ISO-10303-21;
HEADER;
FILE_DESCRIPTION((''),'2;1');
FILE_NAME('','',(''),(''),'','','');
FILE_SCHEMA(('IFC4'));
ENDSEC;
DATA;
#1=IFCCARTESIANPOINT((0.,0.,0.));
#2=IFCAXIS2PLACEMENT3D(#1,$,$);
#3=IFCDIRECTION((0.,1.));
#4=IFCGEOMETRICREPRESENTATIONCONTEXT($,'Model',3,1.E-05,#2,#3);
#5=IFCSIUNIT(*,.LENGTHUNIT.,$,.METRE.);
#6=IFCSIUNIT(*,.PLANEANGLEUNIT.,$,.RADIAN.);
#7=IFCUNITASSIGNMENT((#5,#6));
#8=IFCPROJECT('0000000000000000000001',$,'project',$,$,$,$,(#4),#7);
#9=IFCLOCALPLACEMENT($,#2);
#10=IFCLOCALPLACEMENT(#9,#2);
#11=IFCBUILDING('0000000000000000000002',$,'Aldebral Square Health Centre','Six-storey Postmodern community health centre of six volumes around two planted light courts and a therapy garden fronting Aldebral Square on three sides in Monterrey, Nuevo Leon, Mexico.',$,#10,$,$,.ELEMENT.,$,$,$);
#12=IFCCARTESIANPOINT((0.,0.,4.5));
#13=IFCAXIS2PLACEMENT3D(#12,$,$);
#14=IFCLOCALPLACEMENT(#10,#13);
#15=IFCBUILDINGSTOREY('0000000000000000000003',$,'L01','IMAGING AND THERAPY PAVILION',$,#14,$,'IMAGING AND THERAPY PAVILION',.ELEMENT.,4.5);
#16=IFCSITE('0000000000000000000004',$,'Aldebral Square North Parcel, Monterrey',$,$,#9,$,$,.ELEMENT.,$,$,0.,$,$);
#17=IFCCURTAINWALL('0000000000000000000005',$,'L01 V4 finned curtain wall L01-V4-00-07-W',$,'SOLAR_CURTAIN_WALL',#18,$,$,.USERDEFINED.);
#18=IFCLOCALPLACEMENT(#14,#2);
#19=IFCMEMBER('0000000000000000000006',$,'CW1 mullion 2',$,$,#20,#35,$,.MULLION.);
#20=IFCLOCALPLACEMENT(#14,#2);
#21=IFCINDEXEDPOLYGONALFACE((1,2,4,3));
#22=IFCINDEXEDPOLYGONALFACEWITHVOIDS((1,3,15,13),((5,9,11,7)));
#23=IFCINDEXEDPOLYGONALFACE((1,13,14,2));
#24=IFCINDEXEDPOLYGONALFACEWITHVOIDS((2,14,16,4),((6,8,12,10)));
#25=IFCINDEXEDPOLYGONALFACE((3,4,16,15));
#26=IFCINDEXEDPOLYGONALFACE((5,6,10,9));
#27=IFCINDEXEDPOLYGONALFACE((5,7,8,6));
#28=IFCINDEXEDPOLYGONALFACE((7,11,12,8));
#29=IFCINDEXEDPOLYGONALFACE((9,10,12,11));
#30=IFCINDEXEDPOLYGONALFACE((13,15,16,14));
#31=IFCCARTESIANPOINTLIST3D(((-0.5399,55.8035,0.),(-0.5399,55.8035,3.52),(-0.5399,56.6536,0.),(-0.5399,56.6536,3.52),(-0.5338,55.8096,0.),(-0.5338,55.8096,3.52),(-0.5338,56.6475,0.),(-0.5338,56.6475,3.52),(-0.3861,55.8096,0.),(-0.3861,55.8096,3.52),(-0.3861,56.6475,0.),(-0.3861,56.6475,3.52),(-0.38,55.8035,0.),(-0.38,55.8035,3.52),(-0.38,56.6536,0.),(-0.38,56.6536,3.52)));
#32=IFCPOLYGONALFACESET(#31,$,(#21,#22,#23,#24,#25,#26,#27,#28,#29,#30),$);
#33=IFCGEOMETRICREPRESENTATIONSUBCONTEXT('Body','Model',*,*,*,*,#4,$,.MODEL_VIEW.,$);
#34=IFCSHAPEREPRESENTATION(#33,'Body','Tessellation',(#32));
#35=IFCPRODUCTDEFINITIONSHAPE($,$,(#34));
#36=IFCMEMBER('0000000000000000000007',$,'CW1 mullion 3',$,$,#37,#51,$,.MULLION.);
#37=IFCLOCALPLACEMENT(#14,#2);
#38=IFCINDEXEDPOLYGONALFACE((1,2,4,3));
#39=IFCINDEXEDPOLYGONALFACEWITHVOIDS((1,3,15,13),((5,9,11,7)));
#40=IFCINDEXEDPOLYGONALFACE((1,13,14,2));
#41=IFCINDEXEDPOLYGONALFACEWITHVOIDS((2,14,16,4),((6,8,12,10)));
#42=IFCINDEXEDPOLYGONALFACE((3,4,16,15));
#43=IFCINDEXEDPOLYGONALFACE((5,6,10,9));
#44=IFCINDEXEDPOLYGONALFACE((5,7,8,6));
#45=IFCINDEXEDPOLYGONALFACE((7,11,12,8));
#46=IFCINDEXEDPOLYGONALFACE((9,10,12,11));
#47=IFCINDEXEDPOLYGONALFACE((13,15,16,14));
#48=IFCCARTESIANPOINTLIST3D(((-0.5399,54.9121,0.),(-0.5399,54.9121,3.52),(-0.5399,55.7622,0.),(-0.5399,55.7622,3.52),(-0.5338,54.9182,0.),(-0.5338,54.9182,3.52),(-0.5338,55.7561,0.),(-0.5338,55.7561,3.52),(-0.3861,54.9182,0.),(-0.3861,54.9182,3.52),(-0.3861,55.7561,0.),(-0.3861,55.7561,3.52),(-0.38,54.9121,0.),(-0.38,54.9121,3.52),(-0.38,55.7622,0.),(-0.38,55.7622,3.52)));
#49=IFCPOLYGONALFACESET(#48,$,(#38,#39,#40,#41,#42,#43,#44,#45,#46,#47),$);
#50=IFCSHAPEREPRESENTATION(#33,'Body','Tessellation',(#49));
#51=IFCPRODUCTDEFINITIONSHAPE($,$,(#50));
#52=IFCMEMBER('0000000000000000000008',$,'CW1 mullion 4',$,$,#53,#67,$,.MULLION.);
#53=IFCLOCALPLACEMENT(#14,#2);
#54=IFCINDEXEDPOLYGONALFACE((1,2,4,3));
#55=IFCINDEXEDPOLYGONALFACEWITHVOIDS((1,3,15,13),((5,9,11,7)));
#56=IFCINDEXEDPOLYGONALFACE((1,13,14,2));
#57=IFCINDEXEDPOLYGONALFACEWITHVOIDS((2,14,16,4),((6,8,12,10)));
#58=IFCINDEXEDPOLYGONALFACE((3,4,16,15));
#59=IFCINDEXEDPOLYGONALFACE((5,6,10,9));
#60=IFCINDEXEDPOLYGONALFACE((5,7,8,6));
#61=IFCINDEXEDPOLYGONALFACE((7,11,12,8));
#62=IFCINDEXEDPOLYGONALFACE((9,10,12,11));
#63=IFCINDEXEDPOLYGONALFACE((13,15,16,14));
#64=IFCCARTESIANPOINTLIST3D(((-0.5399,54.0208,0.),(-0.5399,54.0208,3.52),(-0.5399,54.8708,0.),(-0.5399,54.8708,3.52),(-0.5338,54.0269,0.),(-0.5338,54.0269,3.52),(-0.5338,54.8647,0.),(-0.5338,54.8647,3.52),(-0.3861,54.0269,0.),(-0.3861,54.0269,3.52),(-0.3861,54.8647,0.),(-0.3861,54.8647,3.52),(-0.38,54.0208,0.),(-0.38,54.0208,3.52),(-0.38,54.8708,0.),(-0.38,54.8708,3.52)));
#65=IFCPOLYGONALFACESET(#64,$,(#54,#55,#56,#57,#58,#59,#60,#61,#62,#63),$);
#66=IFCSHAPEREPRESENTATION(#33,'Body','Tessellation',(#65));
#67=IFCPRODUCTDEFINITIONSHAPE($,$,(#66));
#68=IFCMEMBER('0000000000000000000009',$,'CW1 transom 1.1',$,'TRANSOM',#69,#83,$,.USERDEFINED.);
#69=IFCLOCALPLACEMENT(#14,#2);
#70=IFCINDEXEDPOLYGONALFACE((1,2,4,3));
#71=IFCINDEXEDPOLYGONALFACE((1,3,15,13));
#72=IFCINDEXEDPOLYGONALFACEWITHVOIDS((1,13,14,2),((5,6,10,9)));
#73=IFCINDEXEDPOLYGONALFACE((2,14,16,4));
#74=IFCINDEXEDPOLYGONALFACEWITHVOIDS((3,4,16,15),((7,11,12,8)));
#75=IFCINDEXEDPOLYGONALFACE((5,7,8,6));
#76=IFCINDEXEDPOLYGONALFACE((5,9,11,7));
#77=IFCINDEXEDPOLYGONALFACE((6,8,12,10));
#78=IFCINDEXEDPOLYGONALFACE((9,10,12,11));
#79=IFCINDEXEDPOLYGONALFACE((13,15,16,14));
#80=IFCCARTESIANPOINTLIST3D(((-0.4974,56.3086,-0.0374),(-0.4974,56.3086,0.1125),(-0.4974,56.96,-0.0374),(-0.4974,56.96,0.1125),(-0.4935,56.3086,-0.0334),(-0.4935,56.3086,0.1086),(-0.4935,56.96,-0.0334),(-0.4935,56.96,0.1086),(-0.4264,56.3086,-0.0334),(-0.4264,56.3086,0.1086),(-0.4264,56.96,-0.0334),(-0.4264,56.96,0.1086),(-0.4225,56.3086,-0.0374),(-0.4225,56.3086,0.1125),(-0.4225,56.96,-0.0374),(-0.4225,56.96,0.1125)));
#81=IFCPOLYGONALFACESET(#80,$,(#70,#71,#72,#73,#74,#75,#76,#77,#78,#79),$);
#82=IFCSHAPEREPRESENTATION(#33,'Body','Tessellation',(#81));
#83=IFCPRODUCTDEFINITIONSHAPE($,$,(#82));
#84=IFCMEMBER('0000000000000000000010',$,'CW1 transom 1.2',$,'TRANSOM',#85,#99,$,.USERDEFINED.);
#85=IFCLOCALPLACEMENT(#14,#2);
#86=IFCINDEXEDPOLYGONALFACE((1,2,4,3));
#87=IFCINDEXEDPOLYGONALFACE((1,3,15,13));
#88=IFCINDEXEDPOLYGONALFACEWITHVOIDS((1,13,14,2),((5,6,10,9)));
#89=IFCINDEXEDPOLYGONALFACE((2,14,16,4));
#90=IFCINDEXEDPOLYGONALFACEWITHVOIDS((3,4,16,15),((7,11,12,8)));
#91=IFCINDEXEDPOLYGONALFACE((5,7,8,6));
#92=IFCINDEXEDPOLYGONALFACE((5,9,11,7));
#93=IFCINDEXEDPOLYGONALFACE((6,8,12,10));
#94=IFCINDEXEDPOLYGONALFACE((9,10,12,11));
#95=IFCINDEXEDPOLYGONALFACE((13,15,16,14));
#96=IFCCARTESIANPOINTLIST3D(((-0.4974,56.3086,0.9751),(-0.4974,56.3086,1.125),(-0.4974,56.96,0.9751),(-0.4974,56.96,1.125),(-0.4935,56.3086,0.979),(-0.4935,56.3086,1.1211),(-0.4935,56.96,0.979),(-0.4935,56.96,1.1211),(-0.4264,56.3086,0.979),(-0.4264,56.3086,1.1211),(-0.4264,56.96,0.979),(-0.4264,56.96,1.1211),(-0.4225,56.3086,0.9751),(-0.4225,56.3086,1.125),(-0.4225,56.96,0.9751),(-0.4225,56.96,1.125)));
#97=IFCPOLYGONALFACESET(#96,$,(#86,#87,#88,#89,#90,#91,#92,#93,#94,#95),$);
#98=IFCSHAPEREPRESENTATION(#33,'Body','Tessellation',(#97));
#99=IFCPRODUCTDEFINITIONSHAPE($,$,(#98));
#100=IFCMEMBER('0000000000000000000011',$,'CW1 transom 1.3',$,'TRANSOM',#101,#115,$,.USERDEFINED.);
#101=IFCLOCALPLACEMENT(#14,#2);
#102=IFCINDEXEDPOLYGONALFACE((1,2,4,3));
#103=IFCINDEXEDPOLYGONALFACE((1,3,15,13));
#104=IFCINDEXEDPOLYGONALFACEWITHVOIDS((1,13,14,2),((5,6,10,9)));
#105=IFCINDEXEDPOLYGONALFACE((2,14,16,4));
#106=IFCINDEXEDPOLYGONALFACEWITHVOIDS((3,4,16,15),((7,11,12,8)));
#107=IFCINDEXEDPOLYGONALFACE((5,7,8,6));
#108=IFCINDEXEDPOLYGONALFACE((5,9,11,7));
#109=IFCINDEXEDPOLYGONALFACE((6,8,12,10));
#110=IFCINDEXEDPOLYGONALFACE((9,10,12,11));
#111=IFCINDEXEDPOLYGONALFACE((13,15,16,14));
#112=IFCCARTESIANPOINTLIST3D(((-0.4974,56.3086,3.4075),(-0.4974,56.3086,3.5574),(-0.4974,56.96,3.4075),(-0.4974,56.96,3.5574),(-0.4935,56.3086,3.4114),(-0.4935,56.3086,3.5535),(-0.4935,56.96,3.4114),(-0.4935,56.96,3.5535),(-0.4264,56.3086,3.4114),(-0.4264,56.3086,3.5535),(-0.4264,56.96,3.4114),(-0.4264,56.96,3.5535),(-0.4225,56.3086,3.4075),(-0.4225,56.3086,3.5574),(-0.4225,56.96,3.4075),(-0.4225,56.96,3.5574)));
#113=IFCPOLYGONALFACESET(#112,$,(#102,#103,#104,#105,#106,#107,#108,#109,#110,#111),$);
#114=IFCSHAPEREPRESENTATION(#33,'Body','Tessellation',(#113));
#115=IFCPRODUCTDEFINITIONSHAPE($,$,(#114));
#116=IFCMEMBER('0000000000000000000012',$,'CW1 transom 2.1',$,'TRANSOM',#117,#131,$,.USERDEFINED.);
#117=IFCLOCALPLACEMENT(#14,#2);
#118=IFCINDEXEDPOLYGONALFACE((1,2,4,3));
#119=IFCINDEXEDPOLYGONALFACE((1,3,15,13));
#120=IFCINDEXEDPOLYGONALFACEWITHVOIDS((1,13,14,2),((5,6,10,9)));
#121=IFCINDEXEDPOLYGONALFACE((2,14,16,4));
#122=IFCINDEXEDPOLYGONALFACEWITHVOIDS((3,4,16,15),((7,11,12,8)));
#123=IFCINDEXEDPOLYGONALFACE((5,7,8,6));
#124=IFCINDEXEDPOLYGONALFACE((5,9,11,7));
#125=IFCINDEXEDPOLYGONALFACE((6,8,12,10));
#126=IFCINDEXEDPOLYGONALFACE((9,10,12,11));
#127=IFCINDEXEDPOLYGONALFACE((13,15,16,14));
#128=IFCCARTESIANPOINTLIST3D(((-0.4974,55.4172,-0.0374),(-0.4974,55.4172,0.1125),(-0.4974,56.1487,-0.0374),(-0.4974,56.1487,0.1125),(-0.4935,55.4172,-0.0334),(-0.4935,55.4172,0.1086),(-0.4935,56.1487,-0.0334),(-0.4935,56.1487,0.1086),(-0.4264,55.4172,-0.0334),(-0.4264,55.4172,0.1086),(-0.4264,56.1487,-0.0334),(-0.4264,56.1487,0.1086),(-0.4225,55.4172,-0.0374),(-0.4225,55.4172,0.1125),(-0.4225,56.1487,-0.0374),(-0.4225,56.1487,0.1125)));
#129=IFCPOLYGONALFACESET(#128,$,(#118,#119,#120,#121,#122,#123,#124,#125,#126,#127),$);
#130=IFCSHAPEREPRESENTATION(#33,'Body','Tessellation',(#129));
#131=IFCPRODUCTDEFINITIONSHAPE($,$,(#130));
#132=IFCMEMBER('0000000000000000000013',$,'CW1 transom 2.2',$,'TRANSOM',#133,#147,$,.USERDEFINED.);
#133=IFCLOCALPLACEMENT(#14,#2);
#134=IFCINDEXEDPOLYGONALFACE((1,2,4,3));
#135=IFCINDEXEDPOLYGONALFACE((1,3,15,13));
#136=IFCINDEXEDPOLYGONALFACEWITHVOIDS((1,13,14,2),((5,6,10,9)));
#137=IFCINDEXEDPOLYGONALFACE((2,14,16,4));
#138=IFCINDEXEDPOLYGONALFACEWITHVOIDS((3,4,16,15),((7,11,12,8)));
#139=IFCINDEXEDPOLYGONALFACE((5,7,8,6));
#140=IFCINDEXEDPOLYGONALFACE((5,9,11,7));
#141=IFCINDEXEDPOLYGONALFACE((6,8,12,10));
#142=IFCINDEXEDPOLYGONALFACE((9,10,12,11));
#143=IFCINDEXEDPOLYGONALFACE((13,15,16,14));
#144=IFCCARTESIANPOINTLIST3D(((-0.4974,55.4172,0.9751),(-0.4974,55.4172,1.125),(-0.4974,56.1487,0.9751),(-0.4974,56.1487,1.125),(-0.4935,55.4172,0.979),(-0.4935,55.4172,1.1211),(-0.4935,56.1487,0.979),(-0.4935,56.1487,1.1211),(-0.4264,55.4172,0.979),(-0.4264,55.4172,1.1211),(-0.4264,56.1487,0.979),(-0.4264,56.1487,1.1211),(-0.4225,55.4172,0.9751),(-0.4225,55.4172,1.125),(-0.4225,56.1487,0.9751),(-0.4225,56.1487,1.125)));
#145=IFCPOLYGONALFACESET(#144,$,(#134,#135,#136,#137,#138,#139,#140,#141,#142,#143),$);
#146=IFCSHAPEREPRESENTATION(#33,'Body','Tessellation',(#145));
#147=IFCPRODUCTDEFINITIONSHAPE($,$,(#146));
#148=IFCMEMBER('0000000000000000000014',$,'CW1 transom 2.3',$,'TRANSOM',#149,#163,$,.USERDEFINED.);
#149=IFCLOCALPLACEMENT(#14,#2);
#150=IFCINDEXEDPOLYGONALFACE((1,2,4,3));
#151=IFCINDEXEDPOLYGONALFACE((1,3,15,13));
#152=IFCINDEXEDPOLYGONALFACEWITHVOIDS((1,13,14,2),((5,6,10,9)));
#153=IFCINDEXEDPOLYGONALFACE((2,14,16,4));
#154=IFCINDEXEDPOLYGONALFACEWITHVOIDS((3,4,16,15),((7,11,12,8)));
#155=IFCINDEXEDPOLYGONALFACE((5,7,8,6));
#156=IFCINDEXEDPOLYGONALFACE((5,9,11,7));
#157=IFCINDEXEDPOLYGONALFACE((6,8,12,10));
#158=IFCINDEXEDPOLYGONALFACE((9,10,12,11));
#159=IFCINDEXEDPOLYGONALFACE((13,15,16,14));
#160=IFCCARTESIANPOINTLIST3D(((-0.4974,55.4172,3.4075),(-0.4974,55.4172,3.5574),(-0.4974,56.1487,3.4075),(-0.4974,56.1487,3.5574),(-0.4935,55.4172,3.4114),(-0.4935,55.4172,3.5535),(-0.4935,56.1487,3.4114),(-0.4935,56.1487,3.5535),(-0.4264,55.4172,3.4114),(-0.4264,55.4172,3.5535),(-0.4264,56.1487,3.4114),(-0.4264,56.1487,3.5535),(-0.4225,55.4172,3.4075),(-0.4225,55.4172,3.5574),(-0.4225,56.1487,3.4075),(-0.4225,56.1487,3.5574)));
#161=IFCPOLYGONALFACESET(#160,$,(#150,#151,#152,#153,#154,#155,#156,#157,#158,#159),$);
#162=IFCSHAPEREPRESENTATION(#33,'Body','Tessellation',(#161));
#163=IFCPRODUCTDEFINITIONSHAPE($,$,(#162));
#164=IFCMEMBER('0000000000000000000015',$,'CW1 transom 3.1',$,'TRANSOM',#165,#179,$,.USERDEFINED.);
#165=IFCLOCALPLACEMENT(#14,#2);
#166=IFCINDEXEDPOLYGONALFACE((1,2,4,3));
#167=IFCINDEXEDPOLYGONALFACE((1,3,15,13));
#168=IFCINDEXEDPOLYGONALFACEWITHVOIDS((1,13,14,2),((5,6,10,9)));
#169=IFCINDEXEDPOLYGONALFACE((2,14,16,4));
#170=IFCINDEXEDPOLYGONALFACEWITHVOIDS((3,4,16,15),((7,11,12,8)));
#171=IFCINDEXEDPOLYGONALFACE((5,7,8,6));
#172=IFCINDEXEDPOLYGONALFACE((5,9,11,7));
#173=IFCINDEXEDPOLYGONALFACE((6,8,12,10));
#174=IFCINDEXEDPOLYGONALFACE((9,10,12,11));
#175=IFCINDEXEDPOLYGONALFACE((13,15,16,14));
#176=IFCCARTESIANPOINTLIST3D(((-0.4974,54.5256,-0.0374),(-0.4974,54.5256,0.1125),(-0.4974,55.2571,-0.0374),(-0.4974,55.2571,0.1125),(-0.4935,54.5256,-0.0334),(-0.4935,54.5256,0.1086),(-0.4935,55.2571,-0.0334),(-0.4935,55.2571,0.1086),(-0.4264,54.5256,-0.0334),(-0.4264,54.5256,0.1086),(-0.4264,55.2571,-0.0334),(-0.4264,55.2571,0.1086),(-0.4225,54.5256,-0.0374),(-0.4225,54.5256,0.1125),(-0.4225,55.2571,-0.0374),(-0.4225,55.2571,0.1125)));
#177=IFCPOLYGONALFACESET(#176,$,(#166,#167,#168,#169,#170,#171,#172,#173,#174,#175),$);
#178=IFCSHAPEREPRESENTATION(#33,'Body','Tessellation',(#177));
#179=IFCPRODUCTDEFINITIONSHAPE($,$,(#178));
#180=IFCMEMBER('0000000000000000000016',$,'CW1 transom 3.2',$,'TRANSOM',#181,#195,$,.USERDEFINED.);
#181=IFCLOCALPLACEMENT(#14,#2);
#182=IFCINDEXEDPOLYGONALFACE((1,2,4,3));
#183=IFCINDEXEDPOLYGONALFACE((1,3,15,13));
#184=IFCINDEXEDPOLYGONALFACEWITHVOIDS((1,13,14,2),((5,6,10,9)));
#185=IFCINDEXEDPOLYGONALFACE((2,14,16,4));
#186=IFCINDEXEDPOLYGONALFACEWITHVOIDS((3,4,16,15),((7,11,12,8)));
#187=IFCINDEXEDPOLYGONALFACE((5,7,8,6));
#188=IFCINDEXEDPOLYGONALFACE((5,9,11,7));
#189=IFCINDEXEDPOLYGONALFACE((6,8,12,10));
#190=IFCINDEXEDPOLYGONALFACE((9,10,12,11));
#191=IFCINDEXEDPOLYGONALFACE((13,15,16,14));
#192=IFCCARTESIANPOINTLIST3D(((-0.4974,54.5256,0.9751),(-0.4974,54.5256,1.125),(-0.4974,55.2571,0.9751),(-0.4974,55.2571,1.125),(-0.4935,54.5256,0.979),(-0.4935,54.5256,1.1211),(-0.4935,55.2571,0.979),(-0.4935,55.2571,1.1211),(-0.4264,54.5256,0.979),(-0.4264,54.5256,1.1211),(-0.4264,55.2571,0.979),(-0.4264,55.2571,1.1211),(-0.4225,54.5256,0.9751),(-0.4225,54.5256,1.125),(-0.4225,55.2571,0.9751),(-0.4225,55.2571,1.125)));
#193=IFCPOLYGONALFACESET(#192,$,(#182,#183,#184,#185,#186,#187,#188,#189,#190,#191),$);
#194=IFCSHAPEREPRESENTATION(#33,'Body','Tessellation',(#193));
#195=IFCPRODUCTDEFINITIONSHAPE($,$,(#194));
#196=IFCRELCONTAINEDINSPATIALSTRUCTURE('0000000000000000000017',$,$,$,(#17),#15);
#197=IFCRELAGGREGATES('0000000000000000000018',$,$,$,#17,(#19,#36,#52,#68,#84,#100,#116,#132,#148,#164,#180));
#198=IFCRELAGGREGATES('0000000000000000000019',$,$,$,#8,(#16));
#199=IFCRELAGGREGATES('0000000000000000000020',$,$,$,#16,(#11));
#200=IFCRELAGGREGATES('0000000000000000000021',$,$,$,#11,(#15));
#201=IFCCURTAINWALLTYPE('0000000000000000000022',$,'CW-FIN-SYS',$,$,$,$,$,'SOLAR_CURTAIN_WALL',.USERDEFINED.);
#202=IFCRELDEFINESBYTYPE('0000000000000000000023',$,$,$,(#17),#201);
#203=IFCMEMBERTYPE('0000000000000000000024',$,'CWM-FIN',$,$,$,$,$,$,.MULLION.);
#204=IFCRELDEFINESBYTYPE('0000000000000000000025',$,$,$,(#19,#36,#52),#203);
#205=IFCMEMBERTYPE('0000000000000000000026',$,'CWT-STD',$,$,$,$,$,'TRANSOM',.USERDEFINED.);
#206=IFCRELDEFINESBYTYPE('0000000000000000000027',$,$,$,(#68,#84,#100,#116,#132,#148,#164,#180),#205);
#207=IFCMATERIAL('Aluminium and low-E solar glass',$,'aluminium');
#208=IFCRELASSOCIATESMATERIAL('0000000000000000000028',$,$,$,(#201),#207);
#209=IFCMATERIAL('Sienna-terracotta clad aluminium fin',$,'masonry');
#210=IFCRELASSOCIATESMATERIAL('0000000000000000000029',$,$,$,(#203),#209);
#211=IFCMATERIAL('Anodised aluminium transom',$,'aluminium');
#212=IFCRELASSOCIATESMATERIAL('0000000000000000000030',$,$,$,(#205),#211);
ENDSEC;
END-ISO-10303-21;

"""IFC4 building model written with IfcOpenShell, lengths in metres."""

from ifc_helpers import new_model, si_unit, direction, frame, origin, origin_2d, place, context, subcontext, project, spatial, hollow_rectangle, extrude, material, material_profile, profile_set, type_object, element, aggregate, save


model = new_model("IFC4")

# Units and contexts
model_context = context("Model", 3, precision=1e-05, world=origin(), true_north=direction((0.0, 1.0)))
body_context = subcontext(model_context, "Body", "Model", "MODEL_VIEW")
ifc_project = project(units=[si_unit("LENGTHUNIT", "METRE"), si_unit("PLANEANGLEUNIT", "RADIAN")], contexts=[model_context])

# Site, building, storey
site_placement = place(None, origin())
site = spatial("IfcSite", under=ifc_project, at=site_placement, Name="Aldebral Square North Parcel, Monterrey", CompositionType="ELEMENT", RefElevation=0.0)
building_placement = place(site_placement, origin())
building = spatial("IfcBuilding", under=site, at=building_placement, Name="Aldebral Square Health Centre", Description="Six-storey Postmodern community health centre of six volumes around two planted light courts and a therapy garden fronting Aldebral Square on three sides in Monterrey, Nuevo Leon, Mexico.", CompositionType="ELEMENT")
storey_placement = place(building_placement, frame((0.0, 0.0, 4.5)))
storey = spatial("IfcBuildingStorey", under=building, at=storey_placement, Name="L01", Description="IMAGING AND THERAPY PAVILION", LongName="IMAGING AND THERAPY PAVILION", CompositionType="ELEMENT", Elevation=4.5)

# Curtain wall, members
ifc_material_1 = material(Name="Aluminium and low-E solar glass", Category="aluminium")
curtain_wall_type = type_object("IfcCurtainWallType", Name="CW-FIN-SYS", ElementType="SOLAR_CURTAIN_WALL", PredefinedType="USERDEFINED", material=ifc_material_1)
curtain_wall_placement = place(storey_placement, origin())
curtain_wall = element("IfcCurtainWall", 1, at=curtain_wall_placement, inside=storey, type_object=curtain_wall_type, Name="L01 V4 finned curtain wall L01-V4-00-07-W", ObjectType="SOLAR_CURTAIN_WALL", PredefinedType="USERDEFINED")
ifc_material_2 = material(Name="Sienna-terracotta clad aluminium fin", Category="masonry")
ifc_material_profile_1 = material_profile(ifc_material_2, hollow_rectangle(XDim=0.1599, YDim=0.8501, WallThickness=0.0061, at=origin_2d()), Name="FIN 160x850x6")
ifc_profile_set_1 = profile_set([ifc_material_profile_1], Name="Sienna-terracotta clad aluminium fin")
member_type_1 = type_object("IfcMemberType", Name="CWM-FIN", PredefinedType="MULLION", material=ifc_profile_set_1)
member_1_placement = place(storey_placement, frame((-0.46, 56.2285, 0.0), z_axis=(0.0, 0.0, 1.0), x_axis=(1.0, 0.0, 0.0)))
member_1 = element("IfcMember", 2, at=member_1_placement, type_object=member_type_1, Name="CW1 mullion 2", PredefinedType="MULLION", context=body_context, shape_type="SweptSolid", body=[
    extrude(hollow_rectangle(XDim=0.1599, YDim=0.8501, WallThickness=0.0061, at=origin_2d()), origin(), (0.0, 0.0, 1.0), 3.52),
])
member_2_placement = place(storey_placement, frame((-0.46, 55.3372, 0.0), z_axis=(0.0, 0.0, 1.0), x_axis=(1.0, 0.0, 0.0)))
member_2 = element("IfcMember", 3, at=member_2_placement, type_object=member_type_1, Name="CW1 mullion 3", PredefinedType="MULLION", context=body_context, shape_type="SweptSolid", body=[
    extrude(hollow_rectangle(XDim=0.1599, YDim=0.8501, WallThickness=0.0061, at=origin_2d()), origin(), (0.0, 0.0, 1.0), 3.52),
])
member_3_placement = place(storey_placement, frame((-0.46, 54.4458, 0.0), z_axis=(0.0, 0.0, 1.0), x_axis=(1.0, 0.0, 0.0)))
member_3 = element("IfcMember", 4, at=member_3_placement, type_object=member_type_1, Name="CW1 mullion 4", PredefinedType="MULLION", context=body_context, shape_type="SweptSolid", body=[
    extrude(hollow_rectangle(XDim=0.1599, YDim=0.8501, WallThickness=0.0061, at=origin_2d()), origin(), (0.0, 0.0, 1.0), 3.52),
])
ifc_material_3 = material(Name="Anodised aluminium transom", Category="aluminium")
ifc_material_profile_2 = material_profile(ifc_material_3, hollow_rectangle(XDim=0.075, YDim=0.1499, WallThickness=0.0039, at=origin_2d()), Name="CWT 75x150x4")
ifc_profile_set_2 = profile_set([ifc_material_profile_2], Name="Anodised aluminium transom")
member_type_2 = type_object("IfcMemberType", Name="CWT-STD", ElementType="TRANSOM", PredefinedType="USERDEFINED", material=ifc_profile_set_2)
member_4_placement = place(storey_placement, frame((-0.46, 56.96, 0.0376), z_axis=(0.0, -1.0, 0.0), x_axis=(1.0, 0.0, 0.0)))
member_4 = element("IfcMember", 5, at=member_4_placement, type_object=member_type_2, Name="CW1 transom 1.1", ObjectType="TRANSOM", PredefinedType="USERDEFINED", context=body_context, shape_type="SweptSolid", body=[
    extrude(hollow_rectangle(XDim=0.075, YDim=0.1499, WallThickness=0.0039, at=origin_2d()), origin(), (0.0, 0.0, 1.0), 0.6514),
])
member_5_placement = place(storey_placement, frame((-0.46, 56.96, 1.05), z_axis=(0.0, -1.0, 0.0), x_axis=(1.0, 0.0, 0.0)))
member_5 = element("IfcMember", 6, at=member_5_placement, type_object=member_type_2, Name="CW1 transom 1.2", ObjectType="TRANSOM", PredefinedType="USERDEFINED", context=body_context, shape_type="SweptSolid", body=[
    extrude(hollow_rectangle(XDim=0.075, YDim=0.1499, WallThickness=0.0039, at=origin_2d()), origin(), (0.0, 0.0, 1.0), 0.6514),
])
member_6_placement = place(storey_placement, frame((-0.46, 56.96, 3.4824), z_axis=(0.0, -1.0, 0.0), x_axis=(1.0, 0.0, 0.0)))
member_6 = element("IfcMember", 7, at=member_6_placement, type_object=member_type_2, Name="CW1 transom 1.3", ObjectType="TRANSOM", PredefinedType="USERDEFINED", context=body_context, shape_type="SweptSolid", body=[
    extrude(hollow_rectangle(XDim=0.075, YDim=0.1499, WallThickness=0.0039, at=origin_2d()), origin(), (0.0, 0.0, 1.0), 0.6514),
])
member_7_placement = place(storey_placement, frame((-0.46, 56.1487, 0.0376), z_axis=(0.0, -1.0, 0.0), x_axis=(1.0, 0.0, 0.0)))
member_7 = element("IfcMember", 8, at=member_7_placement, type_object=member_type_2, Name="CW1 transom 2.1", ObjectType="TRANSOM", PredefinedType="USERDEFINED", context=body_context, shape_type="SweptSolid", body=[
    extrude(hollow_rectangle(XDim=0.075, YDim=0.1499, WallThickness=0.0039, at=origin_2d()), origin(), (0.0, 0.0, 1.0), 0.7314),
])
member_8_placement = place(storey_placement, frame((-0.46, 56.1487, 1.05), z_axis=(0.0, -1.0, 0.0), x_axis=(1.0, 0.0, 0.0)))
member_8 = element("IfcMember", 9, at=member_8_placement, type_object=member_type_2, Name="CW1 transom 2.2", ObjectType="TRANSOM", PredefinedType="USERDEFINED", context=body_context, shape_type="SweptSolid", body=[
    extrude(hollow_rectangle(XDim=0.075, YDim=0.1499, WallThickness=0.0039, at=origin_2d()), origin(), (0.0, 0.0, 1.0), 0.7314),
])
member_9_placement = place(storey_placement, frame((-0.46, 56.1487, 3.4824), z_axis=(0.0, -1.0, 0.0), x_axis=(1.0, 0.0, 0.0)))
member_9 = element("IfcMember", 10, at=member_9_placement, type_object=member_type_2, Name="CW1 transom 2.3", ObjectType="TRANSOM", PredefinedType="USERDEFINED", context=body_context, shape_type="SweptSolid", body=[
    extrude(hollow_rectangle(XDim=0.075, YDim=0.1499, WallThickness=0.0039, at=origin_2d()), origin(), (0.0, 0.0, 1.0), 0.7314),
])
member_10_placement = place(storey_placement, frame((-0.46, 55.2571, 0.0376), z_axis=(0.0, -1.0, 0.0), x_axis=(1.0, 0.0, 0.0)))
member_10 = element("IfcMember", 11, at=member_10_placement, type_object=member_type_2, Name="CW1 transom 3.1", ObjectType="TRANSOM", PredefinedType="USERDEFINED", context=body_context, shape_type="SweptSolid", body=[
    extrude(hollow_rectangle(XDim=0.075, YDim=0.1499, WallThickness=0.0039, at=origin_2d()), origin(), (0.0, 0.0, 1.0), 0.7314),
])
member_11_placement = place(storey_placement, frame((-0.46, 55.2571, 1.05), z_axis=(0.0, -1.0, 0.0), x_axis=(1.0, 0.0, 0.0)))
member_11 = element("IfcMember", 12, at=member_11_placement, type_object=member_type_2, Name="CW1 transom 3.2", ObjectType="TRANSOM", PredefinedType="USERDEFINED", context=body_context, shape_type="SweptSolid", body=[
    extrude(hollow_rectangle(XDim=0.075, YDim=0.1499, WallThickness=0.0039, at=origin_2d()), origin(), (0.0, 0.0, 1.0), 0.7314),
])
aggregate(curtain_wall, [member_1, member_2, member_3, member_4, member_5, member_6, member_7, member_8, member_9, member_10, member_11])

save(model, "model.ifc")
